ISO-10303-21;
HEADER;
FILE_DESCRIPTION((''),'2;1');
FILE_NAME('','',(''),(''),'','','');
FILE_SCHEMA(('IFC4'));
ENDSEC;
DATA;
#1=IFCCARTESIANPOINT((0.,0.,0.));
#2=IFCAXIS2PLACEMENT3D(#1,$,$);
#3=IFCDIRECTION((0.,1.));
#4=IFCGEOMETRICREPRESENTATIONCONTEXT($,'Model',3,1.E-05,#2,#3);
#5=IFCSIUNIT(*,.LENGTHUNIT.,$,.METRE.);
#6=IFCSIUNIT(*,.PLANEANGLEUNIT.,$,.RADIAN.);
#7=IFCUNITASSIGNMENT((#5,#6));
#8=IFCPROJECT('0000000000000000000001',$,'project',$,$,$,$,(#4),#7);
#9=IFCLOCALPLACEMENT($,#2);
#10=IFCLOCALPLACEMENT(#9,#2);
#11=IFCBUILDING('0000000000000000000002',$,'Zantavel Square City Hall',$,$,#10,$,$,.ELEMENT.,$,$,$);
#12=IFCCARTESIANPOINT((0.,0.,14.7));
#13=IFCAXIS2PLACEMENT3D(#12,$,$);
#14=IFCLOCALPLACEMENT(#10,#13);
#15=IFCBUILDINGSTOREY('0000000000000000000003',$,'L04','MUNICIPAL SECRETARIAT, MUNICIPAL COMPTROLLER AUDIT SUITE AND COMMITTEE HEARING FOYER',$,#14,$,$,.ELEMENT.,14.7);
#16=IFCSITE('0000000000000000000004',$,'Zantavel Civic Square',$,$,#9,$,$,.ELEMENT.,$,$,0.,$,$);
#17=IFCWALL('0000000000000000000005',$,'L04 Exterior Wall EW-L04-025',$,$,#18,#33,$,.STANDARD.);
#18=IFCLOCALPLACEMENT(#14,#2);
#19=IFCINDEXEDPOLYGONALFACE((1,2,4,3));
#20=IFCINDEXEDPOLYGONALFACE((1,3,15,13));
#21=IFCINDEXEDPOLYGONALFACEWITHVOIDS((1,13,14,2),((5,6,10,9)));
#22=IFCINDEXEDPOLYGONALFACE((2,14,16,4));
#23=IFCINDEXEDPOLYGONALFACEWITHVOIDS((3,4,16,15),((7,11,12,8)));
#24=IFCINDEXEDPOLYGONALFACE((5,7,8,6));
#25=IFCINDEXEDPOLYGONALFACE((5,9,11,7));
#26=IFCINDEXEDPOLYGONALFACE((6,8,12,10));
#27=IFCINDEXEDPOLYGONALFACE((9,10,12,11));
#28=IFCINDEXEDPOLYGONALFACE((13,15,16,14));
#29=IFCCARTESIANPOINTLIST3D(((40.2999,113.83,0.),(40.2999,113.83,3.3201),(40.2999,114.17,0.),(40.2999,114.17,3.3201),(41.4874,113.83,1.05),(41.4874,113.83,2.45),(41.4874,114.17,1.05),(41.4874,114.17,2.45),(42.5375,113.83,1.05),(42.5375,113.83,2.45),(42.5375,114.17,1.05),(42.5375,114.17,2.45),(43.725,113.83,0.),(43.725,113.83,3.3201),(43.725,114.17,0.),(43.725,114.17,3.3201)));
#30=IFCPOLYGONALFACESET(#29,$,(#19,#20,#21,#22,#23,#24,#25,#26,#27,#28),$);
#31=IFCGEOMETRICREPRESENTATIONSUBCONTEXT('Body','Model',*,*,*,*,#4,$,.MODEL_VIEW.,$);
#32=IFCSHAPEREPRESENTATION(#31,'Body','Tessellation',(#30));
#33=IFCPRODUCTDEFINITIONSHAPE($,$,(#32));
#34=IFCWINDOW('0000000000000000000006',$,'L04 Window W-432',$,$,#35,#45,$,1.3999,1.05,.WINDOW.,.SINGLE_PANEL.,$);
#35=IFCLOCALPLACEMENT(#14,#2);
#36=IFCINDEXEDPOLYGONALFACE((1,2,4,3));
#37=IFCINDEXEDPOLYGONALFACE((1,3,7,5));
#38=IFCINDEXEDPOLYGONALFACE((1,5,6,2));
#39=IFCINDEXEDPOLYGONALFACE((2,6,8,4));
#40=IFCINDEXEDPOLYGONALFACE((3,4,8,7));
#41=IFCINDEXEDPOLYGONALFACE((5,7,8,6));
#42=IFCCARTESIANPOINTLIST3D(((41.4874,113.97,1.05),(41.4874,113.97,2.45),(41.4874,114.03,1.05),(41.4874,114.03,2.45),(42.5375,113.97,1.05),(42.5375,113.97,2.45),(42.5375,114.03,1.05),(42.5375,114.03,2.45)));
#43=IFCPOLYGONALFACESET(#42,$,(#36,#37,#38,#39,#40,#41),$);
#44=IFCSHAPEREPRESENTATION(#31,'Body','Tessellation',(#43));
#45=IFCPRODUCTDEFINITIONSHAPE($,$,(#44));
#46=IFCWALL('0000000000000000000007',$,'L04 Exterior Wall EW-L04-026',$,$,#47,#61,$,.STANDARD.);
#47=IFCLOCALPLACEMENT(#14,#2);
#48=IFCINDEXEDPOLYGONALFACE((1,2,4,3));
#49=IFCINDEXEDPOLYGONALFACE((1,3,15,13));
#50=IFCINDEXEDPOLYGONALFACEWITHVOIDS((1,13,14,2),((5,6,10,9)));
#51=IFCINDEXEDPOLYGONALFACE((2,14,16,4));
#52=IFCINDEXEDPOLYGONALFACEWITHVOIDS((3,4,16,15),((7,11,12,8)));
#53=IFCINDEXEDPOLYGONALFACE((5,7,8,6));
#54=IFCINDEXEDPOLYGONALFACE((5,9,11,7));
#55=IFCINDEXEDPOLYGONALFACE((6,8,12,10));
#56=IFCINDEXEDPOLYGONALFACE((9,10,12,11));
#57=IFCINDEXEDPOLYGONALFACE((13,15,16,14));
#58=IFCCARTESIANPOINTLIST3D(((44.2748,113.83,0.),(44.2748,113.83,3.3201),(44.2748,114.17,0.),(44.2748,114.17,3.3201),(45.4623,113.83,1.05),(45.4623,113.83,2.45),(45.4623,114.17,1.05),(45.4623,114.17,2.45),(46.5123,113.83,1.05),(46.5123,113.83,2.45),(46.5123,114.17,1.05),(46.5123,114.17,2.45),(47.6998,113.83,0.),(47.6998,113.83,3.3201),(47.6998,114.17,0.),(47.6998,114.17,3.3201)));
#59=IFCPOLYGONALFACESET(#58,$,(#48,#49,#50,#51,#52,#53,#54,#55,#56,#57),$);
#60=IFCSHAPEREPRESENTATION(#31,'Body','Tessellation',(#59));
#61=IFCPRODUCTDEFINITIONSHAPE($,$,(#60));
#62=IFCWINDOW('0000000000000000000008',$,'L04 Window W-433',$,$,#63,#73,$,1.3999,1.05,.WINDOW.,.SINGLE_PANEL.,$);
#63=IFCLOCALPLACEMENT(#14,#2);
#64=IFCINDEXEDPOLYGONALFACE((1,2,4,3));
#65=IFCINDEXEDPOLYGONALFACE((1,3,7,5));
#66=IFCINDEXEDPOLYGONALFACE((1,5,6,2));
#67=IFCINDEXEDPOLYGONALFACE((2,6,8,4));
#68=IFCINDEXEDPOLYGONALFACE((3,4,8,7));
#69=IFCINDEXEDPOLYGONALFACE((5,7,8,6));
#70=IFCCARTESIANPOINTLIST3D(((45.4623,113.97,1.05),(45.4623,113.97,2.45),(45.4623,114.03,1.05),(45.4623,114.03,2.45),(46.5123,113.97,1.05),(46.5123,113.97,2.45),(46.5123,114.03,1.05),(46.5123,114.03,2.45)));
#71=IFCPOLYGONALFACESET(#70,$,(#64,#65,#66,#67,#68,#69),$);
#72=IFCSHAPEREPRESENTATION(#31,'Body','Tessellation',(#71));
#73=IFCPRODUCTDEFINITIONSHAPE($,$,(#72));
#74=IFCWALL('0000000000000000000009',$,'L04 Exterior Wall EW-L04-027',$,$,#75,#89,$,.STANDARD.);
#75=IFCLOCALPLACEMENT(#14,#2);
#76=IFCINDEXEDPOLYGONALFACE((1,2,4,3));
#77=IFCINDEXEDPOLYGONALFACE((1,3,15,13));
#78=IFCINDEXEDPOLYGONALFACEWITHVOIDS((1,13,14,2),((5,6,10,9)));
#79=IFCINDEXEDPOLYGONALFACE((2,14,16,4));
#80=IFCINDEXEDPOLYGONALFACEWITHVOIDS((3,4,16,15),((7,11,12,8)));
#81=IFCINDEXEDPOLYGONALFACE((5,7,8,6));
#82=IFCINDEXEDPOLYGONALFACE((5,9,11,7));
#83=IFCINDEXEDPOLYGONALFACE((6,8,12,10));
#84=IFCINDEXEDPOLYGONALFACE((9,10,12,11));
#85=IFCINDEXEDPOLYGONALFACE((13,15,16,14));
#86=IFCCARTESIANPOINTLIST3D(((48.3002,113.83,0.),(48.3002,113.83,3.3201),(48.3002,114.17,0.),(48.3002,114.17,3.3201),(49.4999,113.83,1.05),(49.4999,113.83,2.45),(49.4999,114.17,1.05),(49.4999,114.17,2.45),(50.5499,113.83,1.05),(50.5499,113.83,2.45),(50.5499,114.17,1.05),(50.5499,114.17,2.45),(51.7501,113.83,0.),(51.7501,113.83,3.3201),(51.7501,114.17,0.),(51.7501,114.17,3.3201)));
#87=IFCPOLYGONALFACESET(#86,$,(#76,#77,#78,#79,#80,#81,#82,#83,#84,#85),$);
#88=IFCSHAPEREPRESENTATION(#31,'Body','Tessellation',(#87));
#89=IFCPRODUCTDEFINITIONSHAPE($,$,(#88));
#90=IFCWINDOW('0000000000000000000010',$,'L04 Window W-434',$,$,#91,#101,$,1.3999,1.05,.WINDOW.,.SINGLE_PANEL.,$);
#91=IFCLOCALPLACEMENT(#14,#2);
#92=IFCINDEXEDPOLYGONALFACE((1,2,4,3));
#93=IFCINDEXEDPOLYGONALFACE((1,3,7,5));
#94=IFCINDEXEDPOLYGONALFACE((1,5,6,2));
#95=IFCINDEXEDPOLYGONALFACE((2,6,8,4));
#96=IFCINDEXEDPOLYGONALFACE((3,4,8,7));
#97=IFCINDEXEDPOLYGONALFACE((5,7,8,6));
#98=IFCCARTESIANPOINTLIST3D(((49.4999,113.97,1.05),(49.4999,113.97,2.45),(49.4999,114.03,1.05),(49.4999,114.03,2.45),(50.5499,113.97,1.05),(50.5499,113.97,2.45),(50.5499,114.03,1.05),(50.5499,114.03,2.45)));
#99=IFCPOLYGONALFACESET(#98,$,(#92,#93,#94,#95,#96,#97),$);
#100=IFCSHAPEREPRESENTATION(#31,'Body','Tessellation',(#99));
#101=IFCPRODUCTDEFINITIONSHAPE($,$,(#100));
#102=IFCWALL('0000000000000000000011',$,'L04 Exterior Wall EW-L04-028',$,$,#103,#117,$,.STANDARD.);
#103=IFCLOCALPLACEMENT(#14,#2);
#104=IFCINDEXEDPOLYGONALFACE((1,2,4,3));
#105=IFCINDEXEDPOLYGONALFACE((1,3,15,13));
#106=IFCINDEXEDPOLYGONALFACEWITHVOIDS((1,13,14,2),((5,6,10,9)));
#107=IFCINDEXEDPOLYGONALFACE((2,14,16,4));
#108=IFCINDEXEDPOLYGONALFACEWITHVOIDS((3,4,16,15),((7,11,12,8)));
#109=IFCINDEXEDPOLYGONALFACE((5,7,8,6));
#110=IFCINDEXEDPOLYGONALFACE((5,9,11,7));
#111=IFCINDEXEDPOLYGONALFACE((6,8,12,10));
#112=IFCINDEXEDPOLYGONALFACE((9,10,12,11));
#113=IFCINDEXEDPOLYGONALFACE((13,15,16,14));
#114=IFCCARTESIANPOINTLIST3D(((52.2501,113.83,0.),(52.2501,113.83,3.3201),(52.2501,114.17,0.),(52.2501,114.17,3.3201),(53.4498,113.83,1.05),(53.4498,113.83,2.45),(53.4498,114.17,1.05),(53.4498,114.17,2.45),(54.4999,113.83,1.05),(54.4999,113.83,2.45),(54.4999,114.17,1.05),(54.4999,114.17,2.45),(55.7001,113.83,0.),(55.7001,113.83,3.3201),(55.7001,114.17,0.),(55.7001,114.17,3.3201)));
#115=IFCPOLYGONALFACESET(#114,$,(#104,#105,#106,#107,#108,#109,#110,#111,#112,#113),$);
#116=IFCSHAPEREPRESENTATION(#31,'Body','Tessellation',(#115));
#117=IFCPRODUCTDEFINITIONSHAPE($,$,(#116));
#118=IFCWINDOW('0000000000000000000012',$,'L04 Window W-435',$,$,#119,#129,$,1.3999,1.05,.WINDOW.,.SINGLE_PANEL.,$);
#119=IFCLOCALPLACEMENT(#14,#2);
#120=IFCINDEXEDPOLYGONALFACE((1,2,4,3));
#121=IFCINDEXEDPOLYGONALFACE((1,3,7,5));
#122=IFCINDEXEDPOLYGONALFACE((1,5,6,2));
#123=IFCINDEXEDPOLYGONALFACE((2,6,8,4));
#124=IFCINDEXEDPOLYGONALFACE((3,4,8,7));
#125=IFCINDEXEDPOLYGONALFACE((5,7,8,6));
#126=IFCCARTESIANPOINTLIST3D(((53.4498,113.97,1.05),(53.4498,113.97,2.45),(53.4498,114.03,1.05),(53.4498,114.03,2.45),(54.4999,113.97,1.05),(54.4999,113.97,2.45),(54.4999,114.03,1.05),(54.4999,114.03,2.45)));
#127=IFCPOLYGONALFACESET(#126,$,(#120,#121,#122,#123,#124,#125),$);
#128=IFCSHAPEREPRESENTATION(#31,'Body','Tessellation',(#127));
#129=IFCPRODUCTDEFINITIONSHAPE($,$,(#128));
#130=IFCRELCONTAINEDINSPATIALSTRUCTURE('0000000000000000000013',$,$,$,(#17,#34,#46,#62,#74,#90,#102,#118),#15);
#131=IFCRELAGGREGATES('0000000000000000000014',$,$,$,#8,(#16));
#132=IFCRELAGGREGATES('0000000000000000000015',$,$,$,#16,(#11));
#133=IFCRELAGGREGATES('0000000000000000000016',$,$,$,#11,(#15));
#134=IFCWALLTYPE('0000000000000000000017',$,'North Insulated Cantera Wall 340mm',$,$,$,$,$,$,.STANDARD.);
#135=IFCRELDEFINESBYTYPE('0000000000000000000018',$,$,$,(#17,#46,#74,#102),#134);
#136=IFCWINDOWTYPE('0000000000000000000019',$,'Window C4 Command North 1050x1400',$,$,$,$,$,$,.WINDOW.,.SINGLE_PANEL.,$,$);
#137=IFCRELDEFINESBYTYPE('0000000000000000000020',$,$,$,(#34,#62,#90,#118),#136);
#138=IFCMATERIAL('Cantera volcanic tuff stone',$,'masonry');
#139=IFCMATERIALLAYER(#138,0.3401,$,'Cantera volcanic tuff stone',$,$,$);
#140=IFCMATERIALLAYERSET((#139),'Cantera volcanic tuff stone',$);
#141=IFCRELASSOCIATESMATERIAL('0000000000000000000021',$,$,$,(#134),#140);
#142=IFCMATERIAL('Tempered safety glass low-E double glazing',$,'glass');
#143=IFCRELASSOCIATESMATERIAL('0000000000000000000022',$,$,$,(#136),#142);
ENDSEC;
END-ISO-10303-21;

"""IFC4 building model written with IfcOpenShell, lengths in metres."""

from ifc_helpers import new_model, si_unit, direction, frame, frame_2d, origin, place, context, subcontext, project, spatial, rectangle, extrude, material, layer, layer_set, type_object, element, fill, save


model = new_model("IFC4")

# Units and contexts
model_context = context("Model", 3, precision=1e-05, world=origin(), true_north=direction((0.0, 1.0)))
body_context = subcontext(model_context, "Body", "Model", "MODEL_VIEW")
ifc_project = project(units=[si_unit("LENGTHUNIT", "METRE"), si_unit("PLANEANGLEUNIT", "RADIAN")], contexts=[model_context])

# Site, building, storey
site_placement = place(None, origin())
site = spatial("IfcSite", under=ifc_project, at=site_placement, Name="Zantavel Civic Square", CompositionType="ELEMENT", RefElevation=0.0)
building_placement = place(site_placement, origin())
building = spatial("IfcBuilding", under=site, at=building_placement, Name="Zantavel Square City Hall", CompositionType="ELEMENT")
storey_placement = place(building_placement, frame((0.0, 0.0, 14.7)))
storey = spatial("IfcBuildingStorey", under=building, at=storey_placement, Name="L04", Description="MUNICIPAL SECRETARIAT, MUNICIPAL COMPTROLLER AUDIT SUITE AND COMMITTEE HEARING FOYER", CompositionType="ELEMENT", Elevation=14.7)

# Walls, openings, windows
ifc_material_1 = material(Name="Cantera volcanic tuff stone", Category="masonry")
ifc_layer = layer(ifc_material_1, 0.3401, Name="Cantera volcanic tuff stone")
ifc_layer_set = layer_set([ifc_layer], Name="Cantera volcanic tuff stone")
wall_type = type_object("IfcWallType", Name="North Insulated Cantera Wall 340mm", PredefinedType="STANDARD", material=ifc_layer_set)
wall_1_placement = place(storey_placement, frame((40.3, 114.0, 0.0), z_axis=(0.0, 0.0, 1.0), x_axis=(1.0, 0.0, 0.0)))
wall_1 = element("IfcWall", 1, at=wall_1_placement, inside=storey, type_object=wall_type, Name="L04 Exterior Wall EW-L04-025", PredefinedType="STANDARD", context=body_context, shape_type="SweptSolid", body=[
    extrude(rectangle(XDim=3.425, YDim=0.3401, at=frame_2d((1.7124, 0.0))), origin(), (0.0, 0.0, 1.0), 3.3201),
])
opening_1_placement = place(wall_1_placement, frame((1.1875, 0.0, 1.05)))
opening_1 = element("IfcOpeningElement", 2, at=opening_1_placement, cuts=wall_1, PredefinedType="OPENING", context=body_context, shape_type="SweptSolid", body=[
    extrude(rectangle(XDim=1.05, YDim=1.3999, at=frame_2d((0.5249, 0.7))), frame((0.0, 0.1799, 0.0), z_axis=(0.0, -1.0, 0.0), x_axis=(1.0, 0.0, 0.0)), (0.0, 0.0, 1.0), 0.3601),
])
ifc_material_2 = material(Name="Tempered safety glass low-E double glazing", Category="glass")
window_type = type_object("IfcWindowType", Name="Window C4 Command North 1050x1400", PartitioningType="SINGLE_PANEL", PredefinedType="WINDOW", material=ifc_material_2)
window_1_placement = place(opening_1_placement, origin())
window_1 = element("IfcWindow", 3, at=window_1_placement, inside=storey, type_object=window_type, Name="L04 Window W-432", OverallHeight=1.3999, OverallWidth=1.05, PartitioningType="SINGLE_PANEL", PredefinedType="WINDOW", context=body_context, shape_type="SweptSolid", body=[
    extrude(rectangle(XDim=1.05, YDim=1.3999, at=frame_2d((0.5249, 0.7))), frame((0.0, 0.03, 0.0), z_axis=(0.0, -1.0, 0.0), x_axis=(1.0, 0.0, 0.0)), (0.0, 0.0, 1.0), 0.0601),
])
fill(opening_1, window_1)
wall_2_placement = place(storey_placement, frame((44.2749, 114.0, 0.0), z_axis=(0.0, 0.0, 1.0), x_axis=(1.0, 0.0, 0.0)))
wall_2 = element("IfcWall", 4, at=wall_2_placement, inside=storey, type_object=wall_type, Name="L04 Exterior Wall EW-L04-026", PredefinedType="STANDARD", context=body_context, shape_type="SweptSolid", body=[
    extrude(rectangle(XDim=3.425, YDim=0.3401, at=frame_2d((1.7124, 0.0))), origin(), (0.0, 0.0, 1.0), 3.3201),
])
opening_2_placement = place(wall_2_placement, frame((1.1875, 0.0, 1.05)))
opening_2 = element("IfcOpeningElement", 5, at=opening_2_placement, cuts=wall_2, PredefinedType="OPENING", context=body_context, shape_type="SweptSolid", body=[
    extrude(rectangle(XDim=1.05, YDim=1.3999, at=frame_2d((0.5249, 0.7))), frame((0.0, 0.1799, 0.0), z_axis=(0.0, -1.0, 0.0), x_axis=(1.0, 0.0, 0.0)), (0.0, 0.0, 1.0), 0.3601),
])
window_2_placement = place(opening_2_placement, origin())
window_2 = element("IfcWindow", 6, at=window_2_placement, inside=storey, type_object=window_type, Name="L04 Window W-433", OverallHeight=1.3999, OverallWidth=1.05, PartitioningType="SINGLE_PANEL", PredefinedType="WINDOW", context=body_context, shape_type="SweptSolid", body=[
    extrude(rectangle(XDim=1.05, YDim=1.3999, at=frame_2d((0.5249, 0.7))), frame((0.0, 0.03, 0.0), z_axis=(0.0, -1.0, 0.0), x_axis=(1.0, 0.0, 0.0)), (0.0, 0.0, 1.0), 0.0601),
])
fill(opening_2, window_2)
wall_3_placement = place(storey_placement, frame((48.3, 114.0, 0.0), z_axis=(0.0, 0.0, 1.0), x_axis=(1.0, 0.0, 0.0)))
wall_3 = element("IfcWall", 7, at=wall_3_placement, inside=storey, type_object=wall_type, Name="L04 Exterior Wall EW-L04-027", PredefinedType="STANDARD", context=body_context, shape_type="SweptSolid", body=[
    extrude(rectangle(XDim=3.45, YDim=0.3401, at=frame_2d((1.7251, 0.0))), origin(), (0.0, 0.0, 1.0), 3.3201),
])
opening_3_placement = place(wall_3_placement, frame((1.2, 0.0, 1.05)))
opening_3 = element("IfcOpeningElement", 8, at=opening_3_placement, cuts=wall_3, PredefinedType="OPENING", context=body_context, shape_type="SweptSolid", body=[
    extrude(rectangle(XDim=1.05, YDim=1.3999, at=frame_2d((0.5249, 0.7))), frame((0.0, 0.1799, 0.0), z_axis=(0.0, -1.0, 0.0), x_axis=(1.0, 0.0, 0.0)), (0.0, 0.0, 1.0), 0.3601),
])
window_3_placement = place(opening_3_placement, origin())
window_3 = element("IfcWindow", 9, at=window_3_placement, inside=storey, type_object=window_type, Name="L04 Window W-434", OverallHeight=1.3999, OverallWidth=1.05, PartitioningType="SINGLE_PANEL", PredefinedType="WINDOW", context=body_context, shape_type="SweptSolid", body=[
    extrude(rectangle(XDim=1.05, YDim=1.3999, at=frame_2d((0.5249, 0.7))), frame((0.0, 0.03, 0.0), z_axis=(0.0, -1.0, 0.0), x_axis=(1.0, 0.0, 0.0)), (0.0, 0.0, 1.0), 0.0601),
])
fill(opening_3, window_3)
wall_4_placement = place(storey_placement, frame((52.25, 114.0, 0.0), z_axis=(0.0, 0.0, 1.0), x_axis=(1.0, 0.0, 0.0)))
wall_4 = element("IfcWall", 10, at=wall_4_placement, inside=storey, type_object=wall_type, Name="L04 Exterior Wall EW-L04-028", PredefinedType="STANDARD", context=body_context, shape_type="SweptSolid", body=[
    extrude(rectangle(XDim=3.45, YDim=0.3401, at=frame_2d((1.7251, 0.0))), origin(), (0.0, 0.0, 1.0), 3.3201),
])
opening_4_placement = place(wall_4_placement, frame((1.2, 0.0, 1.05)))
opening_4 = element("IfcOpeningElement", 11, at=opening_4_placement, cuts=wall_4, PredefinedType="OPENING", context=body_context, shape_type="SweptSolid", body=[
    extrude(rectangle(XDim=1.05, YDim=1.3999, at=frame_2d((0.5249, 0.7))), frame((0.0, 0.1799, 0.0), z_axis=(0.0, -1.0, 0.0), x_axis=(1.0, 0.0, 0.0)), (0.0, 0.0, 1.0), 0.3601),
])
window_4_placement = place(opening_4_placement, origin())
window_4 = element("IfcWindow", 12, at=window_4_placement, inside=storey, type_object=window_type, Name="L04 Window W-435", OverallHeight=1.3999, OverallWidth=1.05, PartitioningType="SINGLE_PANEL", PredefinedType="WINDOW", context=body_context, shape_type="SweptSolid", body=[
    extrude(rectangle(XDim=1.05, YDim=1.3999, at=frame_2d((0.5249, 0.7))), frame((0.0, 0.03, 0.0), z_axis=(0.0, -1.0, 0.0), x_axis=(1.0, 0.0, 0.0)), (0.0, 0.0, 1.0), 0.0601),
])
fill(opening_4, window_4)

save(model, "model.ifc")
